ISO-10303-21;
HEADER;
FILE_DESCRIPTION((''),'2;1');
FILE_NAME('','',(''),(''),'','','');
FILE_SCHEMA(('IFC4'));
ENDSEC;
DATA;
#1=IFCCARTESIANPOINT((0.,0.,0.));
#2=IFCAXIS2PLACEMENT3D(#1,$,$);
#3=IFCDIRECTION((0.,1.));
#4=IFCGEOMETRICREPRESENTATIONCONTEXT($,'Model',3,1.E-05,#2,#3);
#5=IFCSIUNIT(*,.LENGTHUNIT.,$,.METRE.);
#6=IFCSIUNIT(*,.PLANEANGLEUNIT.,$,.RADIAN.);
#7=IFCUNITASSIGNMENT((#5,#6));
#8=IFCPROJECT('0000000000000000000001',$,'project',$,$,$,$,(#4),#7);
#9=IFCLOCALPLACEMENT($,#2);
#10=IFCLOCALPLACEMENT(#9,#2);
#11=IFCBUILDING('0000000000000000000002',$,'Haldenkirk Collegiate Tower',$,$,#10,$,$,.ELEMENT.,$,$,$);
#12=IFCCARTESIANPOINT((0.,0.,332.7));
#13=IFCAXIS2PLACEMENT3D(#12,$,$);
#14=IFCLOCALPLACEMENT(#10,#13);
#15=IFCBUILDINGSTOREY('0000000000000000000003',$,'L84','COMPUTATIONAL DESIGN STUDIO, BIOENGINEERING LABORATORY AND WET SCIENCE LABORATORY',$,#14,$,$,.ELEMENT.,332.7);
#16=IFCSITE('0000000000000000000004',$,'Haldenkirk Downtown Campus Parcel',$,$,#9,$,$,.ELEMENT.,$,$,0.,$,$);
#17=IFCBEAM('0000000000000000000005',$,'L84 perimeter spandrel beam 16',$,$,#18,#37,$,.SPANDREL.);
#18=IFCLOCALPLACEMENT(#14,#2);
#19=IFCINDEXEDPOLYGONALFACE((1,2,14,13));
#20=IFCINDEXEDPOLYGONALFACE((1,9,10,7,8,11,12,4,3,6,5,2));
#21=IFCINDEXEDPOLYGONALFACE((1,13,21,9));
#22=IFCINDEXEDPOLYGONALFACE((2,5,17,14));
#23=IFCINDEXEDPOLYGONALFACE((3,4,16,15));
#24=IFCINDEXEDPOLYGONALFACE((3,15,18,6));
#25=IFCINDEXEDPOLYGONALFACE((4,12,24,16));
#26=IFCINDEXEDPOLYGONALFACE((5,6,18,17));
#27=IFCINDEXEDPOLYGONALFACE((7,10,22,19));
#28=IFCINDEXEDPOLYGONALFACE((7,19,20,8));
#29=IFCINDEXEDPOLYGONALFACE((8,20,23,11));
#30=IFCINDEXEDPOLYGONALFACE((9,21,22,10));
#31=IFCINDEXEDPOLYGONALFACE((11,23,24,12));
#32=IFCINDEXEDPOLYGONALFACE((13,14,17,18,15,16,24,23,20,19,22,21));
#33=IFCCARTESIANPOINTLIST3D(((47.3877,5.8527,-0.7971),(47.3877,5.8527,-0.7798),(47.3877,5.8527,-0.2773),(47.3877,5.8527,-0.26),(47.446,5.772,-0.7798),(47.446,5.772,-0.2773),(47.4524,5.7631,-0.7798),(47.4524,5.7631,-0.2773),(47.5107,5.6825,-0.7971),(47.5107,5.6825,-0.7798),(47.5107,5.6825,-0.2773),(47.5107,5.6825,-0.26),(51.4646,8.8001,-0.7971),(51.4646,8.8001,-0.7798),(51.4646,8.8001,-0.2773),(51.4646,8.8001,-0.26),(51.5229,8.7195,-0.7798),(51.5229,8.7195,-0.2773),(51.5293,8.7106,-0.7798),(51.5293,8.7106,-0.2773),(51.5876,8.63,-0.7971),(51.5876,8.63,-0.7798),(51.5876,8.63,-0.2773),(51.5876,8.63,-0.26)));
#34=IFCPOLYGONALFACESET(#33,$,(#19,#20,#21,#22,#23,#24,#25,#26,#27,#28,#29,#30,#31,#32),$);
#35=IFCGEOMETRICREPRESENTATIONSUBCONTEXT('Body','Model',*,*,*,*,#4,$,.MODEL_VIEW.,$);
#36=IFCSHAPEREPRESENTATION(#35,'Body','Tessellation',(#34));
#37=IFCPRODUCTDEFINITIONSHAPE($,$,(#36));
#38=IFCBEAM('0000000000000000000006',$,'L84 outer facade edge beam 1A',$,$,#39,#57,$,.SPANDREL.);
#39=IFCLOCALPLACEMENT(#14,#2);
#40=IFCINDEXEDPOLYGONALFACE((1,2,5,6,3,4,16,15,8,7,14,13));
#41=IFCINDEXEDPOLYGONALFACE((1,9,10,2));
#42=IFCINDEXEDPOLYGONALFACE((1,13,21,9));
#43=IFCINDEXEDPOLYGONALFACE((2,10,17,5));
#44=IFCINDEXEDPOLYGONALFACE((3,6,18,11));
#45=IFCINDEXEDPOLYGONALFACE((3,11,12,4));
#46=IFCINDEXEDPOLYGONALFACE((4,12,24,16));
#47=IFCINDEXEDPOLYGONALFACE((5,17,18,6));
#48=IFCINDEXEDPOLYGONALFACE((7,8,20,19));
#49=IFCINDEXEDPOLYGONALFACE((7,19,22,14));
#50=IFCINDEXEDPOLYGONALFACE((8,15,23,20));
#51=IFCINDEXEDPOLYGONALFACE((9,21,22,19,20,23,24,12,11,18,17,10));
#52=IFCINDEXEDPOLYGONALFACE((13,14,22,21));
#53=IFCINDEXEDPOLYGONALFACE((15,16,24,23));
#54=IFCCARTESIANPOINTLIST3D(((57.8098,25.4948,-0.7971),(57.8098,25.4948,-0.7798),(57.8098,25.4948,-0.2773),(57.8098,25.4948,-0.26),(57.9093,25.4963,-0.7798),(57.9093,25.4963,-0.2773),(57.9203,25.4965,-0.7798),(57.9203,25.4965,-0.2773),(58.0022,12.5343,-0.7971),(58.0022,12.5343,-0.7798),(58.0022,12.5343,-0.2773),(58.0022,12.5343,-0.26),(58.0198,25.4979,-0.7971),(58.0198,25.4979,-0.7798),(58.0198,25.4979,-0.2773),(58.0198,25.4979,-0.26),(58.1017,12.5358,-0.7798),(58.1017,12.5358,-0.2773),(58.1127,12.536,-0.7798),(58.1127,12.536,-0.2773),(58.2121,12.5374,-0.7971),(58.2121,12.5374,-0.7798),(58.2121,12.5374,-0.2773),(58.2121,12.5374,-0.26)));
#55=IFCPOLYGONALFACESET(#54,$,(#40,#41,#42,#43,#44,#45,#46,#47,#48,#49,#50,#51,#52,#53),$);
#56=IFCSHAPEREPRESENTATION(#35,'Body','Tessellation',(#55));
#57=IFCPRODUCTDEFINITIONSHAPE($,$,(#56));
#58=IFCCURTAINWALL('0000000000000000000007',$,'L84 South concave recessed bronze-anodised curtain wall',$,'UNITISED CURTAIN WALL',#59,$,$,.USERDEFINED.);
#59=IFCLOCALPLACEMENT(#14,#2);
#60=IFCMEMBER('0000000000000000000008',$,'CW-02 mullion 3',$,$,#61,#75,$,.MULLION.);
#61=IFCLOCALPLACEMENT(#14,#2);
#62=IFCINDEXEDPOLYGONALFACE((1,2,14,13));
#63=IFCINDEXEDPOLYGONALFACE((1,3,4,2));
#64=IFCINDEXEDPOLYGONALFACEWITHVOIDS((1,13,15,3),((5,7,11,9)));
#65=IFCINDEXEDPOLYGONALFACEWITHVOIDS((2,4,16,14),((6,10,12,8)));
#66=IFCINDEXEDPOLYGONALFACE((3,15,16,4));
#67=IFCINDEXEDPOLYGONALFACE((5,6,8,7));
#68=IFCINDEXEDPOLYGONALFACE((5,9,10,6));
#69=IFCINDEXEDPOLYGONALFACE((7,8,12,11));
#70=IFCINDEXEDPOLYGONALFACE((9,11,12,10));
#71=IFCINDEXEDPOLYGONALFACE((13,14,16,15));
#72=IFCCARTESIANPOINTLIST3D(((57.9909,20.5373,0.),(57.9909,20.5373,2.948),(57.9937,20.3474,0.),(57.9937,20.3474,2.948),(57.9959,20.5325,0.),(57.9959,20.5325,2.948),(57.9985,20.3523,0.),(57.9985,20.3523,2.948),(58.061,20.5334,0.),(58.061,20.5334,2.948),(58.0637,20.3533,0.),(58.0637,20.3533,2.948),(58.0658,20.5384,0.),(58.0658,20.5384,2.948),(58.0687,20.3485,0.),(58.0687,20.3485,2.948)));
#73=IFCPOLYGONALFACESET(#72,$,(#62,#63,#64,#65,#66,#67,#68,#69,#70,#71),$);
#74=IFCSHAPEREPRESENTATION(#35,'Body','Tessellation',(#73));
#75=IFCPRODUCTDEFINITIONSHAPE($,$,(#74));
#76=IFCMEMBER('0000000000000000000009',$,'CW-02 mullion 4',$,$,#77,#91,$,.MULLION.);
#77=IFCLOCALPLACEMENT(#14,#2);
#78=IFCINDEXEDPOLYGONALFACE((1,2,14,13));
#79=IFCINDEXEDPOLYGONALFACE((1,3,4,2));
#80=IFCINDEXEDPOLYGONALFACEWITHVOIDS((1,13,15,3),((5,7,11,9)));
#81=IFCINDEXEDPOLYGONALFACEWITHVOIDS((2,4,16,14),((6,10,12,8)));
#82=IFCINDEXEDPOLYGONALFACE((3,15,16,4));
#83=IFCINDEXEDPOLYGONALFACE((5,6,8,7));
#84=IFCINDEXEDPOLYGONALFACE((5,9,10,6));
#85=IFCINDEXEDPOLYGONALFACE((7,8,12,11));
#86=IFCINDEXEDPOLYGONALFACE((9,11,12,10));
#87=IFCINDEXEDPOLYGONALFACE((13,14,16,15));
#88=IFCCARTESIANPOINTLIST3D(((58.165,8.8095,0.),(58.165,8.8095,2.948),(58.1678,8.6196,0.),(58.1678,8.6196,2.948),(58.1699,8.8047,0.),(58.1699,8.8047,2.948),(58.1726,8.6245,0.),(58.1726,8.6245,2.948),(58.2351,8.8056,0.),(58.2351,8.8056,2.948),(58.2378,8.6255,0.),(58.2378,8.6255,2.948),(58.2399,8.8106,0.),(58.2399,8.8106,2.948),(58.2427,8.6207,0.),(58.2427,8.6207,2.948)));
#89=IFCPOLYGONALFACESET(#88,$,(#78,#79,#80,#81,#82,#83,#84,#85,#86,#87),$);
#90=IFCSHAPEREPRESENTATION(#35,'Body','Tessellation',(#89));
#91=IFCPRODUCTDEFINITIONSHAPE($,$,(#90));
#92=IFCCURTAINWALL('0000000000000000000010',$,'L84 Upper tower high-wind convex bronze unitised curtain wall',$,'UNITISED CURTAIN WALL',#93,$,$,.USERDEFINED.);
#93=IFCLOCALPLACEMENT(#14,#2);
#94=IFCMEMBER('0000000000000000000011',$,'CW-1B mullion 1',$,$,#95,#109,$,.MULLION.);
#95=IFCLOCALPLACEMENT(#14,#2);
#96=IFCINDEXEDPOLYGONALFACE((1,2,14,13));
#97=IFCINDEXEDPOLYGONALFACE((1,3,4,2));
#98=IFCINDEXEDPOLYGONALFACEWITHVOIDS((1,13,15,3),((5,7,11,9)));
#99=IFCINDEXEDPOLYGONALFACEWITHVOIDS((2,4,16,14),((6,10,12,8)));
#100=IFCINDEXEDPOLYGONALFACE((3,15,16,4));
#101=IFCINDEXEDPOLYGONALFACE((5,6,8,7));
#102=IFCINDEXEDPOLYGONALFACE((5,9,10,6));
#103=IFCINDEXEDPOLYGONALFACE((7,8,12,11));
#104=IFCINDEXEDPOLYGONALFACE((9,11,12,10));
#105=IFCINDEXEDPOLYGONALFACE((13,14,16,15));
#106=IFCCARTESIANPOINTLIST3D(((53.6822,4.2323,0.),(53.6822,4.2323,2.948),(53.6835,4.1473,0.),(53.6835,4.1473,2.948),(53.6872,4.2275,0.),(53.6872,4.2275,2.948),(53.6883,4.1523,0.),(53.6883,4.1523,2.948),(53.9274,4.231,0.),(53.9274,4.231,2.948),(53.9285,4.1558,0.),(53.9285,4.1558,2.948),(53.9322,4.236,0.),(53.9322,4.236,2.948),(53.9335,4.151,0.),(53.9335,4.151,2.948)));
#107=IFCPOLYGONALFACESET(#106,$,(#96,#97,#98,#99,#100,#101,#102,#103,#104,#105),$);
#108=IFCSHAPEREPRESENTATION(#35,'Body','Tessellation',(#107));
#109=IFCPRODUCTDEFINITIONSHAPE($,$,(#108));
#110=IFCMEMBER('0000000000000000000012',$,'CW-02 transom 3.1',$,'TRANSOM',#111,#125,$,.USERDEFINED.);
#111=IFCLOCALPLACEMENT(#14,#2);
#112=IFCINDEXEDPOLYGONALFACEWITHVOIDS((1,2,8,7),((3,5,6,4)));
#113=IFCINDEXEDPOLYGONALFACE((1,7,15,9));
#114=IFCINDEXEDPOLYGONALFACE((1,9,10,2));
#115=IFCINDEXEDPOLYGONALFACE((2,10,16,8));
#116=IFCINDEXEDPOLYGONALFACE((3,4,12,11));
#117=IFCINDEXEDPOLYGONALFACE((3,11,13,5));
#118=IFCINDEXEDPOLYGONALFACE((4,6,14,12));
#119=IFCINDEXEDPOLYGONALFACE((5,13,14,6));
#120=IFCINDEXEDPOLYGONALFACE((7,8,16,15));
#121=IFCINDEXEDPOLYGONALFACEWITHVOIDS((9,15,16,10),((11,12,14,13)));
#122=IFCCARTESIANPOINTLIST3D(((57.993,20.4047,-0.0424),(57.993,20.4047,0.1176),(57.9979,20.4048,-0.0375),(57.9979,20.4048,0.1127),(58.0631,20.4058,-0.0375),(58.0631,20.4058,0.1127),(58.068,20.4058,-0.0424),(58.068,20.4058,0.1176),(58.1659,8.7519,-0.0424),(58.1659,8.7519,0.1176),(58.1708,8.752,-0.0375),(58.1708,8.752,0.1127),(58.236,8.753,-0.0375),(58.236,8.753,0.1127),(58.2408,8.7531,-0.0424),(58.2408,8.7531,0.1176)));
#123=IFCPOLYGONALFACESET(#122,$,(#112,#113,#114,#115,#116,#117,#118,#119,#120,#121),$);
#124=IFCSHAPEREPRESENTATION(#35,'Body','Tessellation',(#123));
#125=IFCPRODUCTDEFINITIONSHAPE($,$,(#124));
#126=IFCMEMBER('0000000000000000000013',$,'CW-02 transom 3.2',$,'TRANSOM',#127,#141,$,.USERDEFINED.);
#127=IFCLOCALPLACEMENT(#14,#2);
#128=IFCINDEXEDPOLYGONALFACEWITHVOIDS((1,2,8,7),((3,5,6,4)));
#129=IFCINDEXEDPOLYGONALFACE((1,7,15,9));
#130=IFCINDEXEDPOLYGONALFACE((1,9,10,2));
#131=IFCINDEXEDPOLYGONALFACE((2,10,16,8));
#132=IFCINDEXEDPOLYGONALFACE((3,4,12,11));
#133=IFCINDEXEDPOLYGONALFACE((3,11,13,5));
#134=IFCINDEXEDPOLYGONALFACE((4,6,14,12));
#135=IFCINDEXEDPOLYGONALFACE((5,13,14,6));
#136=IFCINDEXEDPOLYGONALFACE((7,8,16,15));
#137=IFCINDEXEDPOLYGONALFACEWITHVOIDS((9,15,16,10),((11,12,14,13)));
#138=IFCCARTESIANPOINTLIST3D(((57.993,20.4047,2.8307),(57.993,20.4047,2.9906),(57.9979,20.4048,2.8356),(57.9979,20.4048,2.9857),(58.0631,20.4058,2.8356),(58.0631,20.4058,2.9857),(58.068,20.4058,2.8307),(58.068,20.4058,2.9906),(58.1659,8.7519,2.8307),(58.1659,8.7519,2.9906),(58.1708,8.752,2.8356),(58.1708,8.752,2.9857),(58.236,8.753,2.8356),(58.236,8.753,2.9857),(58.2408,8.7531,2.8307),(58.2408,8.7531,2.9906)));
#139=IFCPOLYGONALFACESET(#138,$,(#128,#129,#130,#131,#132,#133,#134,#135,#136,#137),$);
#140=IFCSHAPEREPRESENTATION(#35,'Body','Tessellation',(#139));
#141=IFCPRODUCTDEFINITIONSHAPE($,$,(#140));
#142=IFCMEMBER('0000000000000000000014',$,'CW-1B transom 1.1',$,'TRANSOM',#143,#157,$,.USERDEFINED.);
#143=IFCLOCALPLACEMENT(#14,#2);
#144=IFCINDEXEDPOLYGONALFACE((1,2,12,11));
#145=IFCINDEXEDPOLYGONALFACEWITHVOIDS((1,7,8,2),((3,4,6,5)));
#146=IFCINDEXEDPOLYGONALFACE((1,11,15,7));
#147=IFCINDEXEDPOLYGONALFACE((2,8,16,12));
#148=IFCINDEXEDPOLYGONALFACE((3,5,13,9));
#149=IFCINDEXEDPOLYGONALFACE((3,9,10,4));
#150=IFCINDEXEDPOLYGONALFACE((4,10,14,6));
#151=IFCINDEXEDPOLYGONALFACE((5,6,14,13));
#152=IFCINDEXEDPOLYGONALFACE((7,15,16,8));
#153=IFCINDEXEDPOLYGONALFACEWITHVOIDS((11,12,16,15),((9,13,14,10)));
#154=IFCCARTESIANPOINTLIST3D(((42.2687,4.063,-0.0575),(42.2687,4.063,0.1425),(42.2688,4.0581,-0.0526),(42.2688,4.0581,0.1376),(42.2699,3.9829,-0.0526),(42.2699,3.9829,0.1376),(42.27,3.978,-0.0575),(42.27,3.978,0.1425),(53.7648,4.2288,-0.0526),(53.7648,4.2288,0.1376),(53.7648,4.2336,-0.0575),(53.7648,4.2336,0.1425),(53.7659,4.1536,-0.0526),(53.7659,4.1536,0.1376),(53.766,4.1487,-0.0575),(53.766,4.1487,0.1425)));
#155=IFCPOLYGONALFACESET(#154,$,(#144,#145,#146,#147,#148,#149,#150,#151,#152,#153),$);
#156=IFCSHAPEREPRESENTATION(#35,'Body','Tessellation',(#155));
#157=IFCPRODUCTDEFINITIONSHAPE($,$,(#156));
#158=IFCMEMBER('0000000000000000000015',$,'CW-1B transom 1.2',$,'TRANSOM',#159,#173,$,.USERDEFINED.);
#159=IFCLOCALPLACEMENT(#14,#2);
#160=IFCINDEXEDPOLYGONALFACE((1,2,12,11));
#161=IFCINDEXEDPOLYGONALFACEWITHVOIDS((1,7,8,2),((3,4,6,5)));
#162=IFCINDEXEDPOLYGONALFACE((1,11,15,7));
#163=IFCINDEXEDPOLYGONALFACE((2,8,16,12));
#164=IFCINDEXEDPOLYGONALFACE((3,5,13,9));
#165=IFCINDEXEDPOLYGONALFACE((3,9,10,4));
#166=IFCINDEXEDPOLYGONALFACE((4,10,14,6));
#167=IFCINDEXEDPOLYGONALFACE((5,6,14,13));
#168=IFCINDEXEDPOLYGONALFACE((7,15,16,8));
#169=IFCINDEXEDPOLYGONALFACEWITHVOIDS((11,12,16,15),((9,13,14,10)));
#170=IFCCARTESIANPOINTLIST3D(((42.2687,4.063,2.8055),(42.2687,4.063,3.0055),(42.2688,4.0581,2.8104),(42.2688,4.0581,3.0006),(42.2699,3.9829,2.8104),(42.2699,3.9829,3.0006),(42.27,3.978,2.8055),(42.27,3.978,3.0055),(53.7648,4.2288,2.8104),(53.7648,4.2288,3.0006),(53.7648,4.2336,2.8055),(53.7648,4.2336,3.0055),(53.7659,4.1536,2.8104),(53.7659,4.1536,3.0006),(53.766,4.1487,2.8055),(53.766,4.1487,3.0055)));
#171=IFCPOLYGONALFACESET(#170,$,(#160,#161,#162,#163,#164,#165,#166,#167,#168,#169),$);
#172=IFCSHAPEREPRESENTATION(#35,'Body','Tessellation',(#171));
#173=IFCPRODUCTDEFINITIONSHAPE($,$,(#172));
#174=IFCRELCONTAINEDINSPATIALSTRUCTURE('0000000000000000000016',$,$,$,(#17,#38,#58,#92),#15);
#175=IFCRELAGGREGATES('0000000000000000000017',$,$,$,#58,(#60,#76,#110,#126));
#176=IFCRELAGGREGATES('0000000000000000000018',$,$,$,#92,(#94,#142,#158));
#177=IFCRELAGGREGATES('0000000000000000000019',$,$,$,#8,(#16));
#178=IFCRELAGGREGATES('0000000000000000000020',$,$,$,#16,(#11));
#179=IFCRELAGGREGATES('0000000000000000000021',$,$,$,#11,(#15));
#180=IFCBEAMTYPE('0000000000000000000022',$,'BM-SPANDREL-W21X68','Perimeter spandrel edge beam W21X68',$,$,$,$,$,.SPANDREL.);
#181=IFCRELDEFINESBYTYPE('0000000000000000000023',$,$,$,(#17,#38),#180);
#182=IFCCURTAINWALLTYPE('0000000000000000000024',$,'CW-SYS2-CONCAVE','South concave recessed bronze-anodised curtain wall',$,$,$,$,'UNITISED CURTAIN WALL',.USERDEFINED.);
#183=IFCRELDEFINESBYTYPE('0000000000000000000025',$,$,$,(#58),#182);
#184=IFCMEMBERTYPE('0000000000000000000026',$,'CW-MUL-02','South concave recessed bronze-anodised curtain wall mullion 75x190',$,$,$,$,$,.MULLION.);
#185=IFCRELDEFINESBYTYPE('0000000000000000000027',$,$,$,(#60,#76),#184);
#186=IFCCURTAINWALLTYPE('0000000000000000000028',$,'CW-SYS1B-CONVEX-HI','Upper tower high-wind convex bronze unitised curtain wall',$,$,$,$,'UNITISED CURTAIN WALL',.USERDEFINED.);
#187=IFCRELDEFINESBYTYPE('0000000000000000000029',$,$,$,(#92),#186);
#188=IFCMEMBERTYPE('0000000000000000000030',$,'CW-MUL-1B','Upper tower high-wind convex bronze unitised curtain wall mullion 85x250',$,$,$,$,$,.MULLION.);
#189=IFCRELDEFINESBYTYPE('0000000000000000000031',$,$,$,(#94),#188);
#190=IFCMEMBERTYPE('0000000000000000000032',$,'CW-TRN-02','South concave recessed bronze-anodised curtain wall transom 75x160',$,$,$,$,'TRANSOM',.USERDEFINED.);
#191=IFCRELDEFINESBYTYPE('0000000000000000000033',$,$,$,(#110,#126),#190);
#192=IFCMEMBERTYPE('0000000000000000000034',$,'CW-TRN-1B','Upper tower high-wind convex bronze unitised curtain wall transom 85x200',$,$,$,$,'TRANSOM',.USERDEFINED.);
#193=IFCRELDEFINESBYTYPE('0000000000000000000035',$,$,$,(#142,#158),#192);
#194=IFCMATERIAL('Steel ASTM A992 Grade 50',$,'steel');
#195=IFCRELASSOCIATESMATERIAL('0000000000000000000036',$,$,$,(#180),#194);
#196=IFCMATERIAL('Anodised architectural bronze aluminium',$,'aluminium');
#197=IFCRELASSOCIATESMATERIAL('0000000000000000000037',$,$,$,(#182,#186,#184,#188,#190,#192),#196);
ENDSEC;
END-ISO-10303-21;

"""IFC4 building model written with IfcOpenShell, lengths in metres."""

from ifc_helpers import new_model, si_unit, direction, frame, origin, origin_2d, place, context, subcontext, project, spatial, hollow_rectangle, i_section, extrude, material, material_profile, profile_set, type_object, element, aggregate, save


model = new_model("IFC4")

# Units and contexts
model_context = context("Model", 3, precision=1e-05, world=origin(), true_north=direction((0.0, 1.0)))
body_context = subcontext(model_context, "Body", "Model", "MODEL_VIEW")
ifc_project = project(units=[si_unit("LENGTHUNIT", "METRE"), si_unit("PLANEANGLEUNIT", "RADIAN")], contexts=[model_context])

# Site, building, storey
site_placement = place(None, origin())
site = spatial("IfcSite", under=ifc_project, at=site_placement, Name="Haldenkirk Downtown Campus Parcel", CompositionType="ELEMENT", RefElevation=0.0)
building_placement = place(site_placement, origin())
building = spatial("IfcBuilding", under=site, at=building_placement, Name="Haldenkirk Collegiate Tower", CompositionType="ELEMENT")
storey_placement = place(building_placement, frame((0.0, 0.0, 332.7)))
storey = spatial("IfcBuildingStorey", under=building, at=storey_placement, Name="L84", Description="COMPUTATIONAL DESIGN STUDIO, BIOENGINEERING LABORATORY AND WET SCIENCE LABORATORY", CompositionType="ELEMENT", Elevation=332.7)

# Beams
ifc_material_1 = material(Name="Steel ASTM A992 Grade 50", Category="steel")
ifc_material_profile_1 = material_profile(ifc_material_1, i_section(OverallWidth=0.21, OverallDepth=0.5371, WebThickness=0.011, FlangeThickness=0.0173, at=origin_2d()), Name="W21X68")
ifc_profile_set_1 = profile_set([ifc_material_profile_1], Name="Steel ASTM A992 Grade 50")
beam_type_1 = type_object("IfcBeamType", Name="BM-SPANDREL-W21X68", Description="Perimeter spandrel edge beam W21X68", PredefinedType="SPANDREL", material=ifc_profile_set_1)
beam_1_placement = place(storey_placement, frame((47.4492, 5.7676, -0.5286), z_axis=(0.810389, 0.585893, 0.0), x_axis=(-0.585893, 0.810389, 0.0)))
element("IfcBeam", 1, at=beam_1_placement, inside=storey, type_object=beam_type_1, Name="L84 perimeter spandrel beam 16", PredefinedType="SPANDREL", context=body_context, shape_type="SweptSolid", body=[
    extrude(i_section(OverallWidth=0.21, OverallDepth=0.5371, WebThickness=0.011, FlangeThickness=0.0173, at=origin_2d()), origin(), (0.0, 0.0, 1.0), 5.0308),
])
beam_2_placement = place(storey_placement, frame((58.1072, 12.5359, -0.5286), z_axis=(-0.014842, 0.99989, 0.0), x_axis=(-0.99989, -0.014842, 0.0)))
element("IfcBeam", 2, at=beam_2_placement, inside=storey, type_object=beam_type_1, Name="L84 outer facade edge beam 1A", PredefinedType="SPANDREL", context=body_context, shape_type="SweptSolid", body=[
    extrude(i_section(OverallWidth=0.21, OverallDepth=0.5371, WebThickness=0.011, FlangeThickness=0.0173, at=origin_2d()), origin(), (0.0, 0.0, 1.0), 12.9619),
])

# Curtain wall, members
ifc_material_2 = material(Name="Anodised architectural bronze aluminium", Category="aluminium")
curtain_wall_type_1 = type_object("IfcCurtainWallType", Name="CW-SYS2-CONCAVE", Description="South concave recessed bronze-anodised curtain wall", ElementType="UNITISED CURTAIN WALL", PredefinedType="USERDEFINED", material=ifc_material_2)
curtain_wall_1_placement = place(storey_placement, origin())
curtain_wall_1 = element("IfcCurtainWall", 3, at=curtain_wall_1_placement, inside=storey, type_object=curtain_wall_type_1, Name="L84 South concave recessed bronze-anodised curtain wall", ObjectType="UNITISED CURTAIN WALL", PredefinedType="USERDEFINED")
ifc_material_profile_2 = material_profile(ifc_material_2, hollow_rectangle(XDim=0.075, YDim=0.1899, WallThickness=0.0049, at=origin_2d()), Name="CW-MUL-02")
ifc_profile_set_2 = profile_set([ifc_material_profile_2], Name="Anodised architectural bronze aluminium")
member_type_1 = type_object("IfcMemberType", Name="CW-MUL-02", Description="South concave recessed bronze-anodised curtain wall mullion 75x190", PredefinedType="MULLION", material=ifc_profile_set_2)
member_1_placement = place(storey_placement, frame((58.0298, 20.4429, 0.0), z_axis=(0.0, 0.0, 1.0), x_axis=(0.99989, 0.014833, 0.0)))
member_1 = element("IfcMember", 4, at=member_1_placement, type_object=member_type_1, Name="CW-02 mullion 3", PredefinedType="MULLION", context=body_context, shape_type="SweptSolid", body=[
    extrude(hollow_rectangle(XDim=0.075, YDim=0.1899, WallThickness=0.0049, at=origin_2d()), origin(), (0.0, 0.0, 1.0), 2.948),
])
member_2_placement = place(storey_placement, frame((58.2039, 8.7151, 0.0), z_axis=(0.0, 0.0, 1.0), x_axis=(0.99989, 0.014833, 0.0)))
member_2 = element("IfcMember", 5, at=member_2_placement, type_object=member_type_1, Name="CW-02 mullion 4", PredefinedType="MULLION", context=body_context, shape_type="SweptSolid", body=[
    extrude(hollow_rectangle(XDim=0.075, YDim=0.1899, WallThickness=0.0049, at=origin_2d()), origin(), (0.0, 0.0, 1.0), 2.948),
])

# Curtain wall, member
curtain_wall_type_2 = type_object("IfcCurtainWallType", Name="CW-SYS1B-CONVEX-HI", Description="Upper tower high-wind convex bronze unitised curtain wall", ElementType="UNITISED CURTAIN WALL", PredefinedType="USERDEFINED", material=ifc_material_2)
curtain_wall_2_placement = place(storey_placement, origin())
curtain_wall_2 = element("IfcCurtainWall", 6, at=curtain_wall_2_placement, inside=storey, type_object=curtain_wall_type_2, Name="L84 Upper tower high-wind convex bronze unitised curtain wall", ObjectType="UNITISED CURTAIN WALL", PredefinedType="USERDEFINED")
ifc_material_profile_3 = material_profile(ifc_material_2, hollow_rectangle(XDim=0.085, YDim=0.25, WallThickness=0.0049, at=origin_2d()), Name="CW-MUL-1B")
ifc_profile_set_3 = profile_set([ifc_material_profile_3], Name="Anodised architectural bronze aluminium")
member_type_2 = type_object("IfcMemberType", Name="CW-MUL-1B", Description="Upper tower high-wind convex bronze unitised curtain wall mullion 85x250", PredefinedType="MULLION", material=ifc_profile_set_3)
member_3_placement = place(storey_placement, frame((53.8079, 4.1917, 0.0), z_axis=(0.0, 0.0, 1.0), x_axis=(0.014833, -0.99989, 0.0)))
member_3 = element("IfcMember", 7, at=member_3_placement, type_object=member_type_2, Name="CW-1B mullion 1", PredefinedType="MULLION", context=body_context, shape_type="SweptSolid", body=[
    extrude(hollow_rectangle(XDim=0.085, YDim=0.25, WallThickness=0.0049, at=origin_2d()), origin(), (0.0, 0.0, 1.0), 2.948),
])

# Members
ifc_material_profile_4 = material_profile(ifc_material_2, hollow_rectangle(XDim=0.075, YDim=0.1599, WallThickness=0.0049, at=origin_2d()), Name="CW-TRN-02")
ifc_profile_set_4 = profile_set([ifc_material_profile_4], Name="Anodised architectural bronze aluminium")
member_type_3 = type_object("IfcMemberType", Name="CW-TRN-02", Description="South concave recessed bronze-anodised curtain wall transom 75x160", ElementType="TRANSOM", PredefinedType="USERDEFINED", material=ifc_profile_set_4)
member_4_placement = place(storey_placement, frame((58.0305, 20.4053, 0.0376), z_axis=(0.014832, -0.99989, 0.0), x_axis=(0.99989, 0.014832, 0.0)))
member_4 = element("IfcMember", 8, at=member_4_placement, type_object=member_type_3, Name="CW-02 transom 3.1", ObjectType="TRANSOM", PredefinedType="USERDEFINED", context=body_context, shape_type="SweptSolid", body=[
    extrude(hollow_rectangle(XDim=0.075, YDim=0.1599, WallThickness=0.0049, at=origin_2d()), origin(), (0.0, 0.0, 1.0), 11.6541),
])
member_5_placement = place(storey_placement, frame((58.0305, 20.4053, 2.9106), z_axis=(0.014832, -0.99989, 0.0), x_axis=(0.99989, 0.014832, 0.0)))
member_5 = element("IfcMember", 9, at=member_5_placement, type_object=member_type_3, Name="CW-02 transom 3.2", ObjectType="TRANSOM", PredefinedType="USERDEFINED", context=body_context, shape_type="SweptSolid", body=[
    extrude(hollow_rectangle(XDim=0.075, YDim=0.1599, WallThickness=0.0049, at=origin_2d()), origin(), (0.0, 0.0, 1.0), 11.6541),
])
ifc_material_profile_5 = material_profile(ifc_material_2, hollow_rectangle(XDim=0.085, YDim=0.2, WallThickness=0.0049, at=origin_2d()), Name="CW-TRN-1B")
ifc_profile_set_5 = profile_set([ifc_material_profile_5], Name="Anodised architectural bronze aluminium")
member_type_4 = type_object("IfcMemberType", Name="CW-TRN-1B", Description="Upper tower high-wind convex bronze unitised curtain wall transom 85x200", ElementType="TRANSOM", PredefinedType="USERDEFINED", material=ifc_profile_set_5)
member_6_placement = place(storey_placement, frame((53.7654, 4.1912, 0.0425), z_axis=(-0.99989, -0.014843, 0.0), x_axis=(0.014843, -0.99989, 0.0)))
member_6 = element("IfcMember", 10, at=member_6_placement, type_object=member_type_4, Name="CW-1B transom 1.1", ObjectType="TRANSOM", PredefinedType="USERDEFINED", context=body_context, shape_type="SweptSolid", body=[
    extrude(hollow_rectangle(XDim=0.085, YDim=0.2, WallThickness=0.0049, at=origin_2d()), origin(), (0.0, 0.0, 1.0), 11.4973),
])
member_7_placement = place(storey_placement, frame((53.7654, 4.1912, 2.9055), z_axis=(-0.99989, -0.014843, 0.0), x_axis=(0.014843, -0.99989, 0.0)))
member_7 = element("IfcMember", 11, at=member_7_placement, type_object=member_type_4, Name="CW-1B transom 1.2", ObjectType="TRANSOM", PredefinedType="USERDEFINED", context=body_context, shape_type="SweptSolid", body=[
    extrude(hollow_rectangle(XDim=0.085, YDim=0.2, WallThickness=0.0049, at=origin_2d()), origin(), (0.0, 0.0, 1.0), 11.4973),
])

aggregate(curtain_wall_1, [member_1, member_2, member_4, member_5])
aggregate(curtain_wall_2, [member_3, member_6, member_7])

save(model, "model.ifc")
